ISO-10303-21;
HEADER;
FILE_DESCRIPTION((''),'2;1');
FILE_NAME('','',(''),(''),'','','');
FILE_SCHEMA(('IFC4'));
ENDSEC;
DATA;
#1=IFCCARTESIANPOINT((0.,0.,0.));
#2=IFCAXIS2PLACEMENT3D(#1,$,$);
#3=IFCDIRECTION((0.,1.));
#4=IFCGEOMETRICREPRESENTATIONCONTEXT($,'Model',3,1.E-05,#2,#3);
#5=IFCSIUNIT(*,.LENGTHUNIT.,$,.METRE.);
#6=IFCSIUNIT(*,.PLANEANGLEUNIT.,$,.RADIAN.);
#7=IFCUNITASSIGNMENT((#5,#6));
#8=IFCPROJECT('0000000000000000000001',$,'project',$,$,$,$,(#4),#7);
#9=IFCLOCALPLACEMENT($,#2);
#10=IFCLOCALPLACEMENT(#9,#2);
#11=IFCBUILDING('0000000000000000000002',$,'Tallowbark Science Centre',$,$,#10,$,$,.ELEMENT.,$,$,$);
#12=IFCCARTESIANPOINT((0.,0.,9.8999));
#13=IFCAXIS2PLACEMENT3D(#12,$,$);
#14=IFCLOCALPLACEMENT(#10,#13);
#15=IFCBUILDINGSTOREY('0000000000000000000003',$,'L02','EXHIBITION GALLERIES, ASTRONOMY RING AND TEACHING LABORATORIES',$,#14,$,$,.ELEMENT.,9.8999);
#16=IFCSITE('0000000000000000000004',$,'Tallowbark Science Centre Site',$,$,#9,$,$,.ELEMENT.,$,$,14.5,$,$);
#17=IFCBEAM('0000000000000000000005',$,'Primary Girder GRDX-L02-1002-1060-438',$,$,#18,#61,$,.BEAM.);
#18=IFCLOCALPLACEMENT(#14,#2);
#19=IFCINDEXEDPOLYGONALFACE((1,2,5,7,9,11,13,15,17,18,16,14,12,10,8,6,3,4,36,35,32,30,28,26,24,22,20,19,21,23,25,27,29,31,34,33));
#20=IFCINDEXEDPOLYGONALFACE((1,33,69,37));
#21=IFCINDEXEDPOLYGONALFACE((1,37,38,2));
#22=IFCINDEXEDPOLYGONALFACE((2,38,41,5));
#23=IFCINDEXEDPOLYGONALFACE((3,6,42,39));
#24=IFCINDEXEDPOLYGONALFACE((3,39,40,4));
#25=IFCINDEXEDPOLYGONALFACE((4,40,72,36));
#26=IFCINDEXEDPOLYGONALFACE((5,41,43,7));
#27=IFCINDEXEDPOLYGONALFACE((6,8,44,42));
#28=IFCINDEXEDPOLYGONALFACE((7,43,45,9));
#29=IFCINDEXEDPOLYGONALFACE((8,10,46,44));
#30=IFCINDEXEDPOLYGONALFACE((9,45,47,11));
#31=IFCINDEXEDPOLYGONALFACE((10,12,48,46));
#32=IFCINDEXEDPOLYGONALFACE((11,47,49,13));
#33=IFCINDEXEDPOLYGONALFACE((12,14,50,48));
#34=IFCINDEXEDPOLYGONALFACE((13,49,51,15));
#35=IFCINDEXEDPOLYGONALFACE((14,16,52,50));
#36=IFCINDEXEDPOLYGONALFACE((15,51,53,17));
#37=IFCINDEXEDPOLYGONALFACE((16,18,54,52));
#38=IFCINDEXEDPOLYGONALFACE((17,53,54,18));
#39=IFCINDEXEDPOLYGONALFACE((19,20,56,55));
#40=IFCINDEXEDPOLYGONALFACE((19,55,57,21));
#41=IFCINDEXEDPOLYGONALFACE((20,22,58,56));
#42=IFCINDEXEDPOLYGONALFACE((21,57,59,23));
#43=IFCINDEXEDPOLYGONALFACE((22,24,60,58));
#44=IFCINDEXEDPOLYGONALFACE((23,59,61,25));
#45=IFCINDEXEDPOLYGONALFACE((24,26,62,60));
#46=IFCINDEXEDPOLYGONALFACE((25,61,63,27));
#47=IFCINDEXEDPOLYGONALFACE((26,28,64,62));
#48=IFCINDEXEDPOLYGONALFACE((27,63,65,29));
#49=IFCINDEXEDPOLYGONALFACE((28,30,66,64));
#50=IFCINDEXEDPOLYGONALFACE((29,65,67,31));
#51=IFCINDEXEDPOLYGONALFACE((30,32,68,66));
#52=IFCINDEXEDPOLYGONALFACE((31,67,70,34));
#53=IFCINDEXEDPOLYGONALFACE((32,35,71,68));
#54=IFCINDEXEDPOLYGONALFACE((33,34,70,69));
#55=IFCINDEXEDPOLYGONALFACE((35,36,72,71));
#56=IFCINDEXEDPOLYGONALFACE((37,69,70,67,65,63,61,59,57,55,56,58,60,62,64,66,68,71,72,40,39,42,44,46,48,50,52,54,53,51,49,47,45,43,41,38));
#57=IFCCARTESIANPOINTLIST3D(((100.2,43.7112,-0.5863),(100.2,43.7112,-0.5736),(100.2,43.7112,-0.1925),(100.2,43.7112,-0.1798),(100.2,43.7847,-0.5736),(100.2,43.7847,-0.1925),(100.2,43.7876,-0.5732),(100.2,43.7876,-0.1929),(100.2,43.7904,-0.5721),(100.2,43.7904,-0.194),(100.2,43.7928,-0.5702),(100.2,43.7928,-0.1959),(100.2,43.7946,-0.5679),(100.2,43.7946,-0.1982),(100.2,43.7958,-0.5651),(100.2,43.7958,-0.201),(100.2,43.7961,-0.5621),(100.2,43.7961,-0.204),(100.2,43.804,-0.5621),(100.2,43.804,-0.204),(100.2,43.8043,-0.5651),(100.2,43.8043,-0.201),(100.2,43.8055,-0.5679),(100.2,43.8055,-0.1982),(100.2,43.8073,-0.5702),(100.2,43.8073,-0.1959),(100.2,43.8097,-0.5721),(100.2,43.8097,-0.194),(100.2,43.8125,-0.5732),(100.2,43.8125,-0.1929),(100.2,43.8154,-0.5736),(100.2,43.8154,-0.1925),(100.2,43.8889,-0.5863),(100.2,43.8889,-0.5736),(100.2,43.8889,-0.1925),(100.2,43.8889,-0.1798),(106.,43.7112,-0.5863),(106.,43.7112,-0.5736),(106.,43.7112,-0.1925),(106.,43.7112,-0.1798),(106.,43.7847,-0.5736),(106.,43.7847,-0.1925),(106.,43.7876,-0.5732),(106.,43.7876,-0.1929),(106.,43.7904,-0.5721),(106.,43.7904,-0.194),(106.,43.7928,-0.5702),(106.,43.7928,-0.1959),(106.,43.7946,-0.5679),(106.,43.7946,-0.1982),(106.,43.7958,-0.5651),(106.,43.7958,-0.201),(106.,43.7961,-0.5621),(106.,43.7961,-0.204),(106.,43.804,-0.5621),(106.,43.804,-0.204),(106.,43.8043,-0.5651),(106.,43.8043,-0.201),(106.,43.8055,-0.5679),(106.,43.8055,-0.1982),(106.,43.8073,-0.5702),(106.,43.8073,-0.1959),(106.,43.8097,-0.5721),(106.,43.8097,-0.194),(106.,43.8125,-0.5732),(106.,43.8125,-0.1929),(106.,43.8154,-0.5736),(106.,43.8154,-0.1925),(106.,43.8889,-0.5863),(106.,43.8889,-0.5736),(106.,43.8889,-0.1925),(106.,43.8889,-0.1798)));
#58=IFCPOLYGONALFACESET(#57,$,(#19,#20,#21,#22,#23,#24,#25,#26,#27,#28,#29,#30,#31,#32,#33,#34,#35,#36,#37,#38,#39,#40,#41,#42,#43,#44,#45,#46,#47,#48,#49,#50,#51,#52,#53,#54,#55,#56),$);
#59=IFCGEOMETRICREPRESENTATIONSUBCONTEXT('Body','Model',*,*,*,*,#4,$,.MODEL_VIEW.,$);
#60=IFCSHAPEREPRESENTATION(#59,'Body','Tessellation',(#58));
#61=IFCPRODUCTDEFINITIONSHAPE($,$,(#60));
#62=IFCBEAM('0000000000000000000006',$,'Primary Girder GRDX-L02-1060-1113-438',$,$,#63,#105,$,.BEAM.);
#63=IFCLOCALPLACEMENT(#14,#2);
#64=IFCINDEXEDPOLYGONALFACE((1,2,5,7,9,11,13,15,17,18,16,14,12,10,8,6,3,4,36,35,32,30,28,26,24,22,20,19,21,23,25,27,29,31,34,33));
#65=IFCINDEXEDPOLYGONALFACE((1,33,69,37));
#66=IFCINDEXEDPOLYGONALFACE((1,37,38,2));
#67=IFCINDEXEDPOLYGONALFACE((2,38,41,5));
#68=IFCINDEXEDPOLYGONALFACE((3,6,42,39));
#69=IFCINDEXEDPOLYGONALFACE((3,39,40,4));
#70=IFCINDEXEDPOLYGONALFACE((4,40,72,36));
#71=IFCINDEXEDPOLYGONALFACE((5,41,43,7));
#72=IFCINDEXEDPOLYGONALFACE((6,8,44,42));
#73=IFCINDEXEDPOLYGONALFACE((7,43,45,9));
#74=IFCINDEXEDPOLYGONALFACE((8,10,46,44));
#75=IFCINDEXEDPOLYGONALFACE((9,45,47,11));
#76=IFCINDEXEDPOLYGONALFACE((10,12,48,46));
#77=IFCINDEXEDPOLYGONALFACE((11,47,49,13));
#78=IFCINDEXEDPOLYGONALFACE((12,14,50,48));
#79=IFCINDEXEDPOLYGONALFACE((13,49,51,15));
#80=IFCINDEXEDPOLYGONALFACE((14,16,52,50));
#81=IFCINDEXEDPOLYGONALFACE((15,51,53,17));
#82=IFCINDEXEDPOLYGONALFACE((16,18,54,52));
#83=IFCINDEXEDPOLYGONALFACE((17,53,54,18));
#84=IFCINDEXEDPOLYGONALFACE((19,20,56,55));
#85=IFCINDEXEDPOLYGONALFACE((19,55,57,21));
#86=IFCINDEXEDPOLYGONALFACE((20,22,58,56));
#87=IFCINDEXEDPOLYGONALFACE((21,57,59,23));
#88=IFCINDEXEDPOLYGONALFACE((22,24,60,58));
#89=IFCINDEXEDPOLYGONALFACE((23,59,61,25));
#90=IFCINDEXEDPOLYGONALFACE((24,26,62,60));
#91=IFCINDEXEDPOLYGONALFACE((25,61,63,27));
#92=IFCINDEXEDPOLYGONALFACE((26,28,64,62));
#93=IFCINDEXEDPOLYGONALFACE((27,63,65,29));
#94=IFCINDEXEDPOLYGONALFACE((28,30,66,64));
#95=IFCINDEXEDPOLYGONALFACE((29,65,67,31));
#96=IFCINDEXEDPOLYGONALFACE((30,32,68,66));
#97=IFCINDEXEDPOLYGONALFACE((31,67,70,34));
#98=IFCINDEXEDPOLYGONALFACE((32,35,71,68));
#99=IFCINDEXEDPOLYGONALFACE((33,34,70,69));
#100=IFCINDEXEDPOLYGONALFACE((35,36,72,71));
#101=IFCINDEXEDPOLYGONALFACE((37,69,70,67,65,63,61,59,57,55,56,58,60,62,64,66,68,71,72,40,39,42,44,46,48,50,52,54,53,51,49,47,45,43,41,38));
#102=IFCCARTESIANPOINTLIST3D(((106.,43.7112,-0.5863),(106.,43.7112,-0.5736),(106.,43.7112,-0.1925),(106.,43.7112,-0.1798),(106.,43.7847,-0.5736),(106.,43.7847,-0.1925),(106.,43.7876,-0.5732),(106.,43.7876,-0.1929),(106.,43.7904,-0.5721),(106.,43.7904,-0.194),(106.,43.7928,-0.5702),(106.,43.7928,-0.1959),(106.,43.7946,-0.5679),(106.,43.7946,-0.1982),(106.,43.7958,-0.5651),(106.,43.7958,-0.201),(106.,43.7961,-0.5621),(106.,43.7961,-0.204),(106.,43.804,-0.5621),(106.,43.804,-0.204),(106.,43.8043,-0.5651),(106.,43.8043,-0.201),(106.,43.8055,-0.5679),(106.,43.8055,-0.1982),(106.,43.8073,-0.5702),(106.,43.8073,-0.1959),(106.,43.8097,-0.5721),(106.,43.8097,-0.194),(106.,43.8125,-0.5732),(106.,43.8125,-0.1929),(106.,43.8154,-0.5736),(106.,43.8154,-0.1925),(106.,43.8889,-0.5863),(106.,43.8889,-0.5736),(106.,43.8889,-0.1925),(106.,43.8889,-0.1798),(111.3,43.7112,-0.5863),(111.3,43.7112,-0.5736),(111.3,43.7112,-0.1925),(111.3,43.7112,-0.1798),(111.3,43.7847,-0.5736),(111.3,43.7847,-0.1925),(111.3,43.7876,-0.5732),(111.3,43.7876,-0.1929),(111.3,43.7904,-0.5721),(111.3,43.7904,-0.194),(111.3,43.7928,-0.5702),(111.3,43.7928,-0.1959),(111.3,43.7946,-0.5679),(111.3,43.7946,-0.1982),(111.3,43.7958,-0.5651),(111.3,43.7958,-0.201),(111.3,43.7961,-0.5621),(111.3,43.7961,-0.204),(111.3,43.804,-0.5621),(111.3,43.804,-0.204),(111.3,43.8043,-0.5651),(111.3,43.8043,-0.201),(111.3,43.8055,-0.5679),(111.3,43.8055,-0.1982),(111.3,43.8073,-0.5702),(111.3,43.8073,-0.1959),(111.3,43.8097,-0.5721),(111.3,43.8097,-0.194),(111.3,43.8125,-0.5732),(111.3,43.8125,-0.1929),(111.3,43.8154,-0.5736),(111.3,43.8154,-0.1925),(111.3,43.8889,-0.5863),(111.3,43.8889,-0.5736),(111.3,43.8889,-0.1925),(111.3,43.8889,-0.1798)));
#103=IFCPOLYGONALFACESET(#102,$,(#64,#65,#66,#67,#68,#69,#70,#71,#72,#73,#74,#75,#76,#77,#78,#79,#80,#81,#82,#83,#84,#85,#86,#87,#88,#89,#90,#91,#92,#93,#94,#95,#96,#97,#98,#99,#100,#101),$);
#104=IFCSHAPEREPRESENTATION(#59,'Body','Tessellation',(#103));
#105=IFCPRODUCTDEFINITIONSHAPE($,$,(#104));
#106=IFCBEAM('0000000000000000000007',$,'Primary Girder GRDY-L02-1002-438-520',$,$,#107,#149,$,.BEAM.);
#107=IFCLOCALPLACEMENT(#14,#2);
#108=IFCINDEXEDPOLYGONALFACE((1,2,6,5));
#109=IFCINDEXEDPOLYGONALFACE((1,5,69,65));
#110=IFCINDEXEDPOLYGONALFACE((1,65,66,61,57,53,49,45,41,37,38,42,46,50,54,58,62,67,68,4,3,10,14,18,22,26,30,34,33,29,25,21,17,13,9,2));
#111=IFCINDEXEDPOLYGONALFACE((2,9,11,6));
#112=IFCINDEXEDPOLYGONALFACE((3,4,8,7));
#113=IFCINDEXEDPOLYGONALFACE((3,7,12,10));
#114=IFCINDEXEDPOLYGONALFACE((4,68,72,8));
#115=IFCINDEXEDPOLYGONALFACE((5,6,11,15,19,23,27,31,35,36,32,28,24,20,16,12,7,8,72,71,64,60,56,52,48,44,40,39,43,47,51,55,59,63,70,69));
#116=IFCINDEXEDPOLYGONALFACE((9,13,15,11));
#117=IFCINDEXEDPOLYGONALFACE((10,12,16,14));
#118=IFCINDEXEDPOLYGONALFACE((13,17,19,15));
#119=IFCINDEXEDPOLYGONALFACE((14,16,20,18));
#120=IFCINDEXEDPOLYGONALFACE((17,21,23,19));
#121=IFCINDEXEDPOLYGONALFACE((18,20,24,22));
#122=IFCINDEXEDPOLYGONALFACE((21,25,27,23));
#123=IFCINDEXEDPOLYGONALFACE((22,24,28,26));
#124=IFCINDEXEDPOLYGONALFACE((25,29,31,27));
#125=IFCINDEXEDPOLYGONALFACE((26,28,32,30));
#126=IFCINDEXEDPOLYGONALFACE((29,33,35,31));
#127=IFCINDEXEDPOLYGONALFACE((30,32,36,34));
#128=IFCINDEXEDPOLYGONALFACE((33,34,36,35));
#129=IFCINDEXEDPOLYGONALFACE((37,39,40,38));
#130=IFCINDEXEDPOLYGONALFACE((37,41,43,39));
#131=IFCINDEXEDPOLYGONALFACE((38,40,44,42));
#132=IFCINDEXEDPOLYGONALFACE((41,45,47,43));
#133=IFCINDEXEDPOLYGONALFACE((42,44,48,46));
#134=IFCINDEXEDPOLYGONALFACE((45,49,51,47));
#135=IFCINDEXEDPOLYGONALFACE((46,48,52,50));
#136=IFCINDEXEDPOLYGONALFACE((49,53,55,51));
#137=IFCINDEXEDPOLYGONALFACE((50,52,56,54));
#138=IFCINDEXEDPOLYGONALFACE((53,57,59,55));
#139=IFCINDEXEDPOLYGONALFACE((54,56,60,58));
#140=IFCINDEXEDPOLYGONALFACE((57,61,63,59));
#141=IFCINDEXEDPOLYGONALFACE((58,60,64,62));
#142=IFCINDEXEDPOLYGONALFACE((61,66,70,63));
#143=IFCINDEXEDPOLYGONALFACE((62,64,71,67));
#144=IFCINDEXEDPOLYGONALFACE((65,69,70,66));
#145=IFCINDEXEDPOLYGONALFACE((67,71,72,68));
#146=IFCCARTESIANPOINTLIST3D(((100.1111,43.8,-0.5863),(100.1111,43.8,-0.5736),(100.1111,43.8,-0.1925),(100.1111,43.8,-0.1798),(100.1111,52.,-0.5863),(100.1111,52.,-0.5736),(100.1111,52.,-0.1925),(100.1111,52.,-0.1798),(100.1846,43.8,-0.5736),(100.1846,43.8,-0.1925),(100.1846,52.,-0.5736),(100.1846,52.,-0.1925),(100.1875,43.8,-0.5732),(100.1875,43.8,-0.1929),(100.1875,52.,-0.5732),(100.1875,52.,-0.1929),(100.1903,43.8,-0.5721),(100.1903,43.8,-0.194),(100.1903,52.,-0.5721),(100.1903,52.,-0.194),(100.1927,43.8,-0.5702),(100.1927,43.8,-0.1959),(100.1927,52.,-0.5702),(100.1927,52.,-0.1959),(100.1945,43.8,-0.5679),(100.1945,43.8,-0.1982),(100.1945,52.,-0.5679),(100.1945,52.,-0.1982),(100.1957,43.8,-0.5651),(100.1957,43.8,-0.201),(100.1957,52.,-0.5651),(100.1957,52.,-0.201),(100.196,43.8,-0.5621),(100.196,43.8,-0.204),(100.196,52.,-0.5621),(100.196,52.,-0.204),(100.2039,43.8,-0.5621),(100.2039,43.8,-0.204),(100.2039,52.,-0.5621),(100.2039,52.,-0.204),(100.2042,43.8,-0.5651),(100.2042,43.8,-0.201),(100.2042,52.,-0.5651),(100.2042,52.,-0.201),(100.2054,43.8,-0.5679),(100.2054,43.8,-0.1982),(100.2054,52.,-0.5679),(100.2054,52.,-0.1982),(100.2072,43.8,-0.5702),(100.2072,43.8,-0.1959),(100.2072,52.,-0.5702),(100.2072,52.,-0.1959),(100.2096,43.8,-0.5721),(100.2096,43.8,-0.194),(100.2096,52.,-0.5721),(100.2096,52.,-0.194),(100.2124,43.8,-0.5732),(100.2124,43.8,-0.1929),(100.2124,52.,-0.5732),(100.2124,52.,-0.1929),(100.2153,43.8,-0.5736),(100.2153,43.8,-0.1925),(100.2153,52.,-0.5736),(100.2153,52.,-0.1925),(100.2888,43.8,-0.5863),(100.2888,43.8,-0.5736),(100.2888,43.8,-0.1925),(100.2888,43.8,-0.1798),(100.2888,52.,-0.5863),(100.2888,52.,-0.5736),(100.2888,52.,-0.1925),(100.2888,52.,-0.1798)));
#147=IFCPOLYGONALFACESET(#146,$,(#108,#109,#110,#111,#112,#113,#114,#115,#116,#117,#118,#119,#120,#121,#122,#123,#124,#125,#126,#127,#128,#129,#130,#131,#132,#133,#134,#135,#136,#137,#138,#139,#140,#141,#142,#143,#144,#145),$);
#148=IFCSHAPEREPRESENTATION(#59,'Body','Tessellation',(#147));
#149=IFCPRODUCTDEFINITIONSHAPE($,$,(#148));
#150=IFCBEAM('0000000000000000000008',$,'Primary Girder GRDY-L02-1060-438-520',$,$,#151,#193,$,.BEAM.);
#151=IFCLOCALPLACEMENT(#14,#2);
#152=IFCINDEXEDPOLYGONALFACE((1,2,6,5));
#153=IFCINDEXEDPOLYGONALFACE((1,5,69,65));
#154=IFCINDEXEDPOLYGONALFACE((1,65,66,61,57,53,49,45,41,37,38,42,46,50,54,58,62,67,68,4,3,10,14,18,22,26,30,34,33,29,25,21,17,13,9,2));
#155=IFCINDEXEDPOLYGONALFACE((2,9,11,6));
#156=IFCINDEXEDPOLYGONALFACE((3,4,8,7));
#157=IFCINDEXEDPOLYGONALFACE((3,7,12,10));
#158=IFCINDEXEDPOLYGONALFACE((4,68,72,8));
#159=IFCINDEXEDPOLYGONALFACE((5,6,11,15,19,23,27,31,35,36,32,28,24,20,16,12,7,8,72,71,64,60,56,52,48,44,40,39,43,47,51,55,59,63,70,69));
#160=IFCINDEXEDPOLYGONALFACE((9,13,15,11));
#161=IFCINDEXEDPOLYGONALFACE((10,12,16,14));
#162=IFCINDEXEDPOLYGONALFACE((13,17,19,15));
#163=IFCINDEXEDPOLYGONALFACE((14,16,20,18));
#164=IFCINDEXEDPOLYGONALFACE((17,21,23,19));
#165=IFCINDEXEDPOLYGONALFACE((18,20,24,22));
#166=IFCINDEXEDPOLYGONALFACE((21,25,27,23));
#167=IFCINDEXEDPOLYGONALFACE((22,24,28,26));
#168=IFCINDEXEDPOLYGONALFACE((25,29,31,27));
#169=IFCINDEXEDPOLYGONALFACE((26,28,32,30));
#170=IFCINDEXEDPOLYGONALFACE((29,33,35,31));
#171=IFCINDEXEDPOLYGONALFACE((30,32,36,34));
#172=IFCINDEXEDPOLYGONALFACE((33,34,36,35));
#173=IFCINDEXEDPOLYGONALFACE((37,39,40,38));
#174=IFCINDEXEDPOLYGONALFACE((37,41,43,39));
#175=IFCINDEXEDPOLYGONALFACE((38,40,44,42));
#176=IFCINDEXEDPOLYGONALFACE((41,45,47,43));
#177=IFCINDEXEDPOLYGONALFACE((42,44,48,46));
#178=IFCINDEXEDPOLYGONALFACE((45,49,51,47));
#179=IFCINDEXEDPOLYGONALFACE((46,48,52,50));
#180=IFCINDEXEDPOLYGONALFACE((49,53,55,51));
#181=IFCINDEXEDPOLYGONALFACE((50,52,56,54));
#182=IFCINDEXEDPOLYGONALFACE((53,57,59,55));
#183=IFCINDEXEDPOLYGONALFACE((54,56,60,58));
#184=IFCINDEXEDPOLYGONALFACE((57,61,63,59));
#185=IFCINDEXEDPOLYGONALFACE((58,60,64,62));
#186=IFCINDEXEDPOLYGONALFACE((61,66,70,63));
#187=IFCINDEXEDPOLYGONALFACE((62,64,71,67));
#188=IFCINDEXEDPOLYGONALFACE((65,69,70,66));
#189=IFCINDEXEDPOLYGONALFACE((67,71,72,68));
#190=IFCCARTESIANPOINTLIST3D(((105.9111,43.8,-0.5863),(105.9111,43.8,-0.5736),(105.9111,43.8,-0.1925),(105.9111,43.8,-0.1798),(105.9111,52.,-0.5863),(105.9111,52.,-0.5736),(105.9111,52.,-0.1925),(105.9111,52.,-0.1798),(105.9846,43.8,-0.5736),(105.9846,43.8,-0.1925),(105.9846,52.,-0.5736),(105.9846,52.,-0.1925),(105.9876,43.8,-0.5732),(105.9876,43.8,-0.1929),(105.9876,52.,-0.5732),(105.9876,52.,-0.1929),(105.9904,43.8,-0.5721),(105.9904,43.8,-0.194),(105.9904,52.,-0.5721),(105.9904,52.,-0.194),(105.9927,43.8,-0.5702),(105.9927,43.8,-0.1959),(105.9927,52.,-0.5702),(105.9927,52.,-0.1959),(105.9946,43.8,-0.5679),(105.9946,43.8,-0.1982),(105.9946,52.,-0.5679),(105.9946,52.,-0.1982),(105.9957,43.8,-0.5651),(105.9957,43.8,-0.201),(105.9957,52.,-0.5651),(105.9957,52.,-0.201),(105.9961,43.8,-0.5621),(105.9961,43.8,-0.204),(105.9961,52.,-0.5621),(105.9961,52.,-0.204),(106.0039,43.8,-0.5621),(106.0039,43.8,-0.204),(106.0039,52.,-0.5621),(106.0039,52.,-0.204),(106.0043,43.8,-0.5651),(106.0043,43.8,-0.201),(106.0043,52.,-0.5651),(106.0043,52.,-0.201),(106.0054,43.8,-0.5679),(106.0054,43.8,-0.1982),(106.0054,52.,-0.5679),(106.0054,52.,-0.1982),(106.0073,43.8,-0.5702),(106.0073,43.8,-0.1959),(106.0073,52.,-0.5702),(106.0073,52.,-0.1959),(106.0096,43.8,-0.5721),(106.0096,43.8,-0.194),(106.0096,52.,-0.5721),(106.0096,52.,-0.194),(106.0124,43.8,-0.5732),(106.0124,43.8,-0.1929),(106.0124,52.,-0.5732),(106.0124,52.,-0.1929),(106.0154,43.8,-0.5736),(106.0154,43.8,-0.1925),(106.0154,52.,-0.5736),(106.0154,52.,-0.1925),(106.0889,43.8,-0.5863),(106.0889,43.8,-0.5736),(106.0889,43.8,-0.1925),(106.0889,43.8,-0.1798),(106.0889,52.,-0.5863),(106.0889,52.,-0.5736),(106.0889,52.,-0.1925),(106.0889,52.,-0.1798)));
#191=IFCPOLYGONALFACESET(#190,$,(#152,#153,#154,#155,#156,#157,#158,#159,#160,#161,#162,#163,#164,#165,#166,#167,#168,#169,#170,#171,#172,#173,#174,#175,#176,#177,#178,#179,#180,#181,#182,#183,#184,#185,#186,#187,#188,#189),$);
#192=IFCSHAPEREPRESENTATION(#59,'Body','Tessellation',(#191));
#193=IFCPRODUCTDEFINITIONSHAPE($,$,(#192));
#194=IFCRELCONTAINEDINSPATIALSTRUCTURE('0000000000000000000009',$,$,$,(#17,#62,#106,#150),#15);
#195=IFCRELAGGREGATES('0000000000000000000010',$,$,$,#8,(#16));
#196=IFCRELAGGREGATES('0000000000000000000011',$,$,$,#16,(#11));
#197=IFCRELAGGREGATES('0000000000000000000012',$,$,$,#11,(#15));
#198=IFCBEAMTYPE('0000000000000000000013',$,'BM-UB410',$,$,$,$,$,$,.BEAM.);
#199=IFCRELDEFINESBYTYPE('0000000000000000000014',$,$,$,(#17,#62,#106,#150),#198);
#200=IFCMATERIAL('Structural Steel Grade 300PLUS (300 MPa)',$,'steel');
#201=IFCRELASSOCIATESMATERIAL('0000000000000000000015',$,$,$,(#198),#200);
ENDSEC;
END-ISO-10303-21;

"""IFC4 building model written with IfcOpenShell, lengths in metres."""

from ifc_helpers import new_model, si_unit, direction, frame, origin, origin_2d, place, context, subcontext, project, spatial, i_section, extrude, material, material_profile, profile_set, type_object, element, save


model = new_model("IFC4")

# Units and contexts
model_context = context("Model", 3, precision=1e-05, world=origin(), true_north=direction((0.0, 1.0)))
body_context = subcontext(model_context, "Body", "Model", "MODEL_VIEW")
ifc_project = project(units=[si_unit("LENGTHUNIT", "METRE"), si_unit("PLANEANGLEUNIT", "RADIAN")], contexts=[model_context])

# Site, building, storey
site_placement = place(None, origin())
site = spatial("IfcSite", under=ifc_project, at=site_placement, Name="Tallowbark Science Centre Site", CompositionType="ELEMENT", RefElevation=14.5)
building_placement = place(site_placement, origin())
building = spatial("IfcBuilding", under=site, at=building_placement, Name="Tallowbark Science Centre", CompositionType="ELEMENT")
storey_placement = place(building_placement, frame((0.0, 0.0, 9.8999)))
storey = spatial("IfcBuildingStorey", under=building, at=storey_placement, Name="L02", Description="EXHIBITION GALLERIES, ASTRONOMY RING AND TEACHING LABORATORIES", CompositionType="ELEMENT", Elevation=9.8999)

# Shared definitions
ifc_material_1 = material(Name="Structural Steel Grade 300PLUS (300 MPa)", Category="steel")

# Beams
ifc_material_profile_1 = material_profile(ifc_material_1, i_section(OverallWidth=0.1777, OverallDepth=0.4065, WebThickness=0.0078, FlangeThickness=0.0127, FilletRadius=0.0115, at=origin_2d()), Name="410UB59.7")
ifc_profile_set_1 = profile_set([ifc_material_profile_1], Name="Structural Steel Grade 300PLUS (300 MPa)")
beam_type = type_object("IfcBeamType", Name="BM-UB410", PredefinedType="BEAM", material=ifc_profile_set_1)
beam_1_placement = place(storey_placement, frame((100.2, 43.8, -0.3831), z_axis=(1.0, 0.0, 0.0), x_axis=(0.0, 1.0, 0.0)))
element("IfcBeam", 1, at=beam_1_placement, inside=storey, type_object=beam_type, Name="Primary Girder GRDX-L02-1002-1060-438", PredefinedType="BEAM", context=body_context, shape_type="SweptSolid", body=[
    extrude(i_section(OverallWidth=0.1777, OverallDepth=0.4065, WebThickness=0.0078, FlangeThickness=0.0127, FilletRadius=0.0115, at=origin_2d()), origin(), (0.0, 0.0, 1.0), 5.8),
])
beam_2_placement = place(storey_placement, frame((106.0, 43.8, -0.3831), z_axis=(1.0, 0.0, 0.0), x_axis=(0.0, 1.0, 0.0)))
element("IfcBeam", 2, at=beam_2_placement, inside=storey, type_object=beam_type, Name="Primary Girder GRDX-L02-1060-1113-438", PredefinedType="BEAM", context=body_context, shape_type="SweptSolid", body=[
    extrude(i_section(OverallWidth=0.1777, OverallDepth=0.4065, WebThickness=0.0078, FlangeThickness=0.0127, FilletRadius=0.0115, at=origin_2d()), origin(), (0.0, 0.0, 1.0), 5.3),
])
for number, where, z_axis, x_axis, name in (
    (3, (100.2, 43.8, -0.3831), (0.0, 1.0, 0.0), (-1.0, 0.0, 0.0), "Primary Girder GRDY-L02-1002-438-520"),
    (4, (106.0, 43.8, -0.3831), (0.0, 1.0, 0.0), (-1.0, 0.0, 0.0), "Primary Girder GRDY-L02-1060-438-520"),
):
    element("IfcBeam", number, at=place(storey_placement, frame(where, z_axis=z_axis, x_axis=x_axis)), inside=storey, type_object=beam_type, Name=name, PredefinedType="BEAM", context=body_context, shape_type="SweptSolid", body=[
        extrude(i_section(OverallWidth=0.1777, OverallDepth=0.4065, WebThickness=0.0078, FlangeThickness=0.0127, FilletRadius=0.0115, at=origin_2d()), origin(), (0.0, 0.0, 1.0), 8.2),
    ])

save(model, "model.ifc")
